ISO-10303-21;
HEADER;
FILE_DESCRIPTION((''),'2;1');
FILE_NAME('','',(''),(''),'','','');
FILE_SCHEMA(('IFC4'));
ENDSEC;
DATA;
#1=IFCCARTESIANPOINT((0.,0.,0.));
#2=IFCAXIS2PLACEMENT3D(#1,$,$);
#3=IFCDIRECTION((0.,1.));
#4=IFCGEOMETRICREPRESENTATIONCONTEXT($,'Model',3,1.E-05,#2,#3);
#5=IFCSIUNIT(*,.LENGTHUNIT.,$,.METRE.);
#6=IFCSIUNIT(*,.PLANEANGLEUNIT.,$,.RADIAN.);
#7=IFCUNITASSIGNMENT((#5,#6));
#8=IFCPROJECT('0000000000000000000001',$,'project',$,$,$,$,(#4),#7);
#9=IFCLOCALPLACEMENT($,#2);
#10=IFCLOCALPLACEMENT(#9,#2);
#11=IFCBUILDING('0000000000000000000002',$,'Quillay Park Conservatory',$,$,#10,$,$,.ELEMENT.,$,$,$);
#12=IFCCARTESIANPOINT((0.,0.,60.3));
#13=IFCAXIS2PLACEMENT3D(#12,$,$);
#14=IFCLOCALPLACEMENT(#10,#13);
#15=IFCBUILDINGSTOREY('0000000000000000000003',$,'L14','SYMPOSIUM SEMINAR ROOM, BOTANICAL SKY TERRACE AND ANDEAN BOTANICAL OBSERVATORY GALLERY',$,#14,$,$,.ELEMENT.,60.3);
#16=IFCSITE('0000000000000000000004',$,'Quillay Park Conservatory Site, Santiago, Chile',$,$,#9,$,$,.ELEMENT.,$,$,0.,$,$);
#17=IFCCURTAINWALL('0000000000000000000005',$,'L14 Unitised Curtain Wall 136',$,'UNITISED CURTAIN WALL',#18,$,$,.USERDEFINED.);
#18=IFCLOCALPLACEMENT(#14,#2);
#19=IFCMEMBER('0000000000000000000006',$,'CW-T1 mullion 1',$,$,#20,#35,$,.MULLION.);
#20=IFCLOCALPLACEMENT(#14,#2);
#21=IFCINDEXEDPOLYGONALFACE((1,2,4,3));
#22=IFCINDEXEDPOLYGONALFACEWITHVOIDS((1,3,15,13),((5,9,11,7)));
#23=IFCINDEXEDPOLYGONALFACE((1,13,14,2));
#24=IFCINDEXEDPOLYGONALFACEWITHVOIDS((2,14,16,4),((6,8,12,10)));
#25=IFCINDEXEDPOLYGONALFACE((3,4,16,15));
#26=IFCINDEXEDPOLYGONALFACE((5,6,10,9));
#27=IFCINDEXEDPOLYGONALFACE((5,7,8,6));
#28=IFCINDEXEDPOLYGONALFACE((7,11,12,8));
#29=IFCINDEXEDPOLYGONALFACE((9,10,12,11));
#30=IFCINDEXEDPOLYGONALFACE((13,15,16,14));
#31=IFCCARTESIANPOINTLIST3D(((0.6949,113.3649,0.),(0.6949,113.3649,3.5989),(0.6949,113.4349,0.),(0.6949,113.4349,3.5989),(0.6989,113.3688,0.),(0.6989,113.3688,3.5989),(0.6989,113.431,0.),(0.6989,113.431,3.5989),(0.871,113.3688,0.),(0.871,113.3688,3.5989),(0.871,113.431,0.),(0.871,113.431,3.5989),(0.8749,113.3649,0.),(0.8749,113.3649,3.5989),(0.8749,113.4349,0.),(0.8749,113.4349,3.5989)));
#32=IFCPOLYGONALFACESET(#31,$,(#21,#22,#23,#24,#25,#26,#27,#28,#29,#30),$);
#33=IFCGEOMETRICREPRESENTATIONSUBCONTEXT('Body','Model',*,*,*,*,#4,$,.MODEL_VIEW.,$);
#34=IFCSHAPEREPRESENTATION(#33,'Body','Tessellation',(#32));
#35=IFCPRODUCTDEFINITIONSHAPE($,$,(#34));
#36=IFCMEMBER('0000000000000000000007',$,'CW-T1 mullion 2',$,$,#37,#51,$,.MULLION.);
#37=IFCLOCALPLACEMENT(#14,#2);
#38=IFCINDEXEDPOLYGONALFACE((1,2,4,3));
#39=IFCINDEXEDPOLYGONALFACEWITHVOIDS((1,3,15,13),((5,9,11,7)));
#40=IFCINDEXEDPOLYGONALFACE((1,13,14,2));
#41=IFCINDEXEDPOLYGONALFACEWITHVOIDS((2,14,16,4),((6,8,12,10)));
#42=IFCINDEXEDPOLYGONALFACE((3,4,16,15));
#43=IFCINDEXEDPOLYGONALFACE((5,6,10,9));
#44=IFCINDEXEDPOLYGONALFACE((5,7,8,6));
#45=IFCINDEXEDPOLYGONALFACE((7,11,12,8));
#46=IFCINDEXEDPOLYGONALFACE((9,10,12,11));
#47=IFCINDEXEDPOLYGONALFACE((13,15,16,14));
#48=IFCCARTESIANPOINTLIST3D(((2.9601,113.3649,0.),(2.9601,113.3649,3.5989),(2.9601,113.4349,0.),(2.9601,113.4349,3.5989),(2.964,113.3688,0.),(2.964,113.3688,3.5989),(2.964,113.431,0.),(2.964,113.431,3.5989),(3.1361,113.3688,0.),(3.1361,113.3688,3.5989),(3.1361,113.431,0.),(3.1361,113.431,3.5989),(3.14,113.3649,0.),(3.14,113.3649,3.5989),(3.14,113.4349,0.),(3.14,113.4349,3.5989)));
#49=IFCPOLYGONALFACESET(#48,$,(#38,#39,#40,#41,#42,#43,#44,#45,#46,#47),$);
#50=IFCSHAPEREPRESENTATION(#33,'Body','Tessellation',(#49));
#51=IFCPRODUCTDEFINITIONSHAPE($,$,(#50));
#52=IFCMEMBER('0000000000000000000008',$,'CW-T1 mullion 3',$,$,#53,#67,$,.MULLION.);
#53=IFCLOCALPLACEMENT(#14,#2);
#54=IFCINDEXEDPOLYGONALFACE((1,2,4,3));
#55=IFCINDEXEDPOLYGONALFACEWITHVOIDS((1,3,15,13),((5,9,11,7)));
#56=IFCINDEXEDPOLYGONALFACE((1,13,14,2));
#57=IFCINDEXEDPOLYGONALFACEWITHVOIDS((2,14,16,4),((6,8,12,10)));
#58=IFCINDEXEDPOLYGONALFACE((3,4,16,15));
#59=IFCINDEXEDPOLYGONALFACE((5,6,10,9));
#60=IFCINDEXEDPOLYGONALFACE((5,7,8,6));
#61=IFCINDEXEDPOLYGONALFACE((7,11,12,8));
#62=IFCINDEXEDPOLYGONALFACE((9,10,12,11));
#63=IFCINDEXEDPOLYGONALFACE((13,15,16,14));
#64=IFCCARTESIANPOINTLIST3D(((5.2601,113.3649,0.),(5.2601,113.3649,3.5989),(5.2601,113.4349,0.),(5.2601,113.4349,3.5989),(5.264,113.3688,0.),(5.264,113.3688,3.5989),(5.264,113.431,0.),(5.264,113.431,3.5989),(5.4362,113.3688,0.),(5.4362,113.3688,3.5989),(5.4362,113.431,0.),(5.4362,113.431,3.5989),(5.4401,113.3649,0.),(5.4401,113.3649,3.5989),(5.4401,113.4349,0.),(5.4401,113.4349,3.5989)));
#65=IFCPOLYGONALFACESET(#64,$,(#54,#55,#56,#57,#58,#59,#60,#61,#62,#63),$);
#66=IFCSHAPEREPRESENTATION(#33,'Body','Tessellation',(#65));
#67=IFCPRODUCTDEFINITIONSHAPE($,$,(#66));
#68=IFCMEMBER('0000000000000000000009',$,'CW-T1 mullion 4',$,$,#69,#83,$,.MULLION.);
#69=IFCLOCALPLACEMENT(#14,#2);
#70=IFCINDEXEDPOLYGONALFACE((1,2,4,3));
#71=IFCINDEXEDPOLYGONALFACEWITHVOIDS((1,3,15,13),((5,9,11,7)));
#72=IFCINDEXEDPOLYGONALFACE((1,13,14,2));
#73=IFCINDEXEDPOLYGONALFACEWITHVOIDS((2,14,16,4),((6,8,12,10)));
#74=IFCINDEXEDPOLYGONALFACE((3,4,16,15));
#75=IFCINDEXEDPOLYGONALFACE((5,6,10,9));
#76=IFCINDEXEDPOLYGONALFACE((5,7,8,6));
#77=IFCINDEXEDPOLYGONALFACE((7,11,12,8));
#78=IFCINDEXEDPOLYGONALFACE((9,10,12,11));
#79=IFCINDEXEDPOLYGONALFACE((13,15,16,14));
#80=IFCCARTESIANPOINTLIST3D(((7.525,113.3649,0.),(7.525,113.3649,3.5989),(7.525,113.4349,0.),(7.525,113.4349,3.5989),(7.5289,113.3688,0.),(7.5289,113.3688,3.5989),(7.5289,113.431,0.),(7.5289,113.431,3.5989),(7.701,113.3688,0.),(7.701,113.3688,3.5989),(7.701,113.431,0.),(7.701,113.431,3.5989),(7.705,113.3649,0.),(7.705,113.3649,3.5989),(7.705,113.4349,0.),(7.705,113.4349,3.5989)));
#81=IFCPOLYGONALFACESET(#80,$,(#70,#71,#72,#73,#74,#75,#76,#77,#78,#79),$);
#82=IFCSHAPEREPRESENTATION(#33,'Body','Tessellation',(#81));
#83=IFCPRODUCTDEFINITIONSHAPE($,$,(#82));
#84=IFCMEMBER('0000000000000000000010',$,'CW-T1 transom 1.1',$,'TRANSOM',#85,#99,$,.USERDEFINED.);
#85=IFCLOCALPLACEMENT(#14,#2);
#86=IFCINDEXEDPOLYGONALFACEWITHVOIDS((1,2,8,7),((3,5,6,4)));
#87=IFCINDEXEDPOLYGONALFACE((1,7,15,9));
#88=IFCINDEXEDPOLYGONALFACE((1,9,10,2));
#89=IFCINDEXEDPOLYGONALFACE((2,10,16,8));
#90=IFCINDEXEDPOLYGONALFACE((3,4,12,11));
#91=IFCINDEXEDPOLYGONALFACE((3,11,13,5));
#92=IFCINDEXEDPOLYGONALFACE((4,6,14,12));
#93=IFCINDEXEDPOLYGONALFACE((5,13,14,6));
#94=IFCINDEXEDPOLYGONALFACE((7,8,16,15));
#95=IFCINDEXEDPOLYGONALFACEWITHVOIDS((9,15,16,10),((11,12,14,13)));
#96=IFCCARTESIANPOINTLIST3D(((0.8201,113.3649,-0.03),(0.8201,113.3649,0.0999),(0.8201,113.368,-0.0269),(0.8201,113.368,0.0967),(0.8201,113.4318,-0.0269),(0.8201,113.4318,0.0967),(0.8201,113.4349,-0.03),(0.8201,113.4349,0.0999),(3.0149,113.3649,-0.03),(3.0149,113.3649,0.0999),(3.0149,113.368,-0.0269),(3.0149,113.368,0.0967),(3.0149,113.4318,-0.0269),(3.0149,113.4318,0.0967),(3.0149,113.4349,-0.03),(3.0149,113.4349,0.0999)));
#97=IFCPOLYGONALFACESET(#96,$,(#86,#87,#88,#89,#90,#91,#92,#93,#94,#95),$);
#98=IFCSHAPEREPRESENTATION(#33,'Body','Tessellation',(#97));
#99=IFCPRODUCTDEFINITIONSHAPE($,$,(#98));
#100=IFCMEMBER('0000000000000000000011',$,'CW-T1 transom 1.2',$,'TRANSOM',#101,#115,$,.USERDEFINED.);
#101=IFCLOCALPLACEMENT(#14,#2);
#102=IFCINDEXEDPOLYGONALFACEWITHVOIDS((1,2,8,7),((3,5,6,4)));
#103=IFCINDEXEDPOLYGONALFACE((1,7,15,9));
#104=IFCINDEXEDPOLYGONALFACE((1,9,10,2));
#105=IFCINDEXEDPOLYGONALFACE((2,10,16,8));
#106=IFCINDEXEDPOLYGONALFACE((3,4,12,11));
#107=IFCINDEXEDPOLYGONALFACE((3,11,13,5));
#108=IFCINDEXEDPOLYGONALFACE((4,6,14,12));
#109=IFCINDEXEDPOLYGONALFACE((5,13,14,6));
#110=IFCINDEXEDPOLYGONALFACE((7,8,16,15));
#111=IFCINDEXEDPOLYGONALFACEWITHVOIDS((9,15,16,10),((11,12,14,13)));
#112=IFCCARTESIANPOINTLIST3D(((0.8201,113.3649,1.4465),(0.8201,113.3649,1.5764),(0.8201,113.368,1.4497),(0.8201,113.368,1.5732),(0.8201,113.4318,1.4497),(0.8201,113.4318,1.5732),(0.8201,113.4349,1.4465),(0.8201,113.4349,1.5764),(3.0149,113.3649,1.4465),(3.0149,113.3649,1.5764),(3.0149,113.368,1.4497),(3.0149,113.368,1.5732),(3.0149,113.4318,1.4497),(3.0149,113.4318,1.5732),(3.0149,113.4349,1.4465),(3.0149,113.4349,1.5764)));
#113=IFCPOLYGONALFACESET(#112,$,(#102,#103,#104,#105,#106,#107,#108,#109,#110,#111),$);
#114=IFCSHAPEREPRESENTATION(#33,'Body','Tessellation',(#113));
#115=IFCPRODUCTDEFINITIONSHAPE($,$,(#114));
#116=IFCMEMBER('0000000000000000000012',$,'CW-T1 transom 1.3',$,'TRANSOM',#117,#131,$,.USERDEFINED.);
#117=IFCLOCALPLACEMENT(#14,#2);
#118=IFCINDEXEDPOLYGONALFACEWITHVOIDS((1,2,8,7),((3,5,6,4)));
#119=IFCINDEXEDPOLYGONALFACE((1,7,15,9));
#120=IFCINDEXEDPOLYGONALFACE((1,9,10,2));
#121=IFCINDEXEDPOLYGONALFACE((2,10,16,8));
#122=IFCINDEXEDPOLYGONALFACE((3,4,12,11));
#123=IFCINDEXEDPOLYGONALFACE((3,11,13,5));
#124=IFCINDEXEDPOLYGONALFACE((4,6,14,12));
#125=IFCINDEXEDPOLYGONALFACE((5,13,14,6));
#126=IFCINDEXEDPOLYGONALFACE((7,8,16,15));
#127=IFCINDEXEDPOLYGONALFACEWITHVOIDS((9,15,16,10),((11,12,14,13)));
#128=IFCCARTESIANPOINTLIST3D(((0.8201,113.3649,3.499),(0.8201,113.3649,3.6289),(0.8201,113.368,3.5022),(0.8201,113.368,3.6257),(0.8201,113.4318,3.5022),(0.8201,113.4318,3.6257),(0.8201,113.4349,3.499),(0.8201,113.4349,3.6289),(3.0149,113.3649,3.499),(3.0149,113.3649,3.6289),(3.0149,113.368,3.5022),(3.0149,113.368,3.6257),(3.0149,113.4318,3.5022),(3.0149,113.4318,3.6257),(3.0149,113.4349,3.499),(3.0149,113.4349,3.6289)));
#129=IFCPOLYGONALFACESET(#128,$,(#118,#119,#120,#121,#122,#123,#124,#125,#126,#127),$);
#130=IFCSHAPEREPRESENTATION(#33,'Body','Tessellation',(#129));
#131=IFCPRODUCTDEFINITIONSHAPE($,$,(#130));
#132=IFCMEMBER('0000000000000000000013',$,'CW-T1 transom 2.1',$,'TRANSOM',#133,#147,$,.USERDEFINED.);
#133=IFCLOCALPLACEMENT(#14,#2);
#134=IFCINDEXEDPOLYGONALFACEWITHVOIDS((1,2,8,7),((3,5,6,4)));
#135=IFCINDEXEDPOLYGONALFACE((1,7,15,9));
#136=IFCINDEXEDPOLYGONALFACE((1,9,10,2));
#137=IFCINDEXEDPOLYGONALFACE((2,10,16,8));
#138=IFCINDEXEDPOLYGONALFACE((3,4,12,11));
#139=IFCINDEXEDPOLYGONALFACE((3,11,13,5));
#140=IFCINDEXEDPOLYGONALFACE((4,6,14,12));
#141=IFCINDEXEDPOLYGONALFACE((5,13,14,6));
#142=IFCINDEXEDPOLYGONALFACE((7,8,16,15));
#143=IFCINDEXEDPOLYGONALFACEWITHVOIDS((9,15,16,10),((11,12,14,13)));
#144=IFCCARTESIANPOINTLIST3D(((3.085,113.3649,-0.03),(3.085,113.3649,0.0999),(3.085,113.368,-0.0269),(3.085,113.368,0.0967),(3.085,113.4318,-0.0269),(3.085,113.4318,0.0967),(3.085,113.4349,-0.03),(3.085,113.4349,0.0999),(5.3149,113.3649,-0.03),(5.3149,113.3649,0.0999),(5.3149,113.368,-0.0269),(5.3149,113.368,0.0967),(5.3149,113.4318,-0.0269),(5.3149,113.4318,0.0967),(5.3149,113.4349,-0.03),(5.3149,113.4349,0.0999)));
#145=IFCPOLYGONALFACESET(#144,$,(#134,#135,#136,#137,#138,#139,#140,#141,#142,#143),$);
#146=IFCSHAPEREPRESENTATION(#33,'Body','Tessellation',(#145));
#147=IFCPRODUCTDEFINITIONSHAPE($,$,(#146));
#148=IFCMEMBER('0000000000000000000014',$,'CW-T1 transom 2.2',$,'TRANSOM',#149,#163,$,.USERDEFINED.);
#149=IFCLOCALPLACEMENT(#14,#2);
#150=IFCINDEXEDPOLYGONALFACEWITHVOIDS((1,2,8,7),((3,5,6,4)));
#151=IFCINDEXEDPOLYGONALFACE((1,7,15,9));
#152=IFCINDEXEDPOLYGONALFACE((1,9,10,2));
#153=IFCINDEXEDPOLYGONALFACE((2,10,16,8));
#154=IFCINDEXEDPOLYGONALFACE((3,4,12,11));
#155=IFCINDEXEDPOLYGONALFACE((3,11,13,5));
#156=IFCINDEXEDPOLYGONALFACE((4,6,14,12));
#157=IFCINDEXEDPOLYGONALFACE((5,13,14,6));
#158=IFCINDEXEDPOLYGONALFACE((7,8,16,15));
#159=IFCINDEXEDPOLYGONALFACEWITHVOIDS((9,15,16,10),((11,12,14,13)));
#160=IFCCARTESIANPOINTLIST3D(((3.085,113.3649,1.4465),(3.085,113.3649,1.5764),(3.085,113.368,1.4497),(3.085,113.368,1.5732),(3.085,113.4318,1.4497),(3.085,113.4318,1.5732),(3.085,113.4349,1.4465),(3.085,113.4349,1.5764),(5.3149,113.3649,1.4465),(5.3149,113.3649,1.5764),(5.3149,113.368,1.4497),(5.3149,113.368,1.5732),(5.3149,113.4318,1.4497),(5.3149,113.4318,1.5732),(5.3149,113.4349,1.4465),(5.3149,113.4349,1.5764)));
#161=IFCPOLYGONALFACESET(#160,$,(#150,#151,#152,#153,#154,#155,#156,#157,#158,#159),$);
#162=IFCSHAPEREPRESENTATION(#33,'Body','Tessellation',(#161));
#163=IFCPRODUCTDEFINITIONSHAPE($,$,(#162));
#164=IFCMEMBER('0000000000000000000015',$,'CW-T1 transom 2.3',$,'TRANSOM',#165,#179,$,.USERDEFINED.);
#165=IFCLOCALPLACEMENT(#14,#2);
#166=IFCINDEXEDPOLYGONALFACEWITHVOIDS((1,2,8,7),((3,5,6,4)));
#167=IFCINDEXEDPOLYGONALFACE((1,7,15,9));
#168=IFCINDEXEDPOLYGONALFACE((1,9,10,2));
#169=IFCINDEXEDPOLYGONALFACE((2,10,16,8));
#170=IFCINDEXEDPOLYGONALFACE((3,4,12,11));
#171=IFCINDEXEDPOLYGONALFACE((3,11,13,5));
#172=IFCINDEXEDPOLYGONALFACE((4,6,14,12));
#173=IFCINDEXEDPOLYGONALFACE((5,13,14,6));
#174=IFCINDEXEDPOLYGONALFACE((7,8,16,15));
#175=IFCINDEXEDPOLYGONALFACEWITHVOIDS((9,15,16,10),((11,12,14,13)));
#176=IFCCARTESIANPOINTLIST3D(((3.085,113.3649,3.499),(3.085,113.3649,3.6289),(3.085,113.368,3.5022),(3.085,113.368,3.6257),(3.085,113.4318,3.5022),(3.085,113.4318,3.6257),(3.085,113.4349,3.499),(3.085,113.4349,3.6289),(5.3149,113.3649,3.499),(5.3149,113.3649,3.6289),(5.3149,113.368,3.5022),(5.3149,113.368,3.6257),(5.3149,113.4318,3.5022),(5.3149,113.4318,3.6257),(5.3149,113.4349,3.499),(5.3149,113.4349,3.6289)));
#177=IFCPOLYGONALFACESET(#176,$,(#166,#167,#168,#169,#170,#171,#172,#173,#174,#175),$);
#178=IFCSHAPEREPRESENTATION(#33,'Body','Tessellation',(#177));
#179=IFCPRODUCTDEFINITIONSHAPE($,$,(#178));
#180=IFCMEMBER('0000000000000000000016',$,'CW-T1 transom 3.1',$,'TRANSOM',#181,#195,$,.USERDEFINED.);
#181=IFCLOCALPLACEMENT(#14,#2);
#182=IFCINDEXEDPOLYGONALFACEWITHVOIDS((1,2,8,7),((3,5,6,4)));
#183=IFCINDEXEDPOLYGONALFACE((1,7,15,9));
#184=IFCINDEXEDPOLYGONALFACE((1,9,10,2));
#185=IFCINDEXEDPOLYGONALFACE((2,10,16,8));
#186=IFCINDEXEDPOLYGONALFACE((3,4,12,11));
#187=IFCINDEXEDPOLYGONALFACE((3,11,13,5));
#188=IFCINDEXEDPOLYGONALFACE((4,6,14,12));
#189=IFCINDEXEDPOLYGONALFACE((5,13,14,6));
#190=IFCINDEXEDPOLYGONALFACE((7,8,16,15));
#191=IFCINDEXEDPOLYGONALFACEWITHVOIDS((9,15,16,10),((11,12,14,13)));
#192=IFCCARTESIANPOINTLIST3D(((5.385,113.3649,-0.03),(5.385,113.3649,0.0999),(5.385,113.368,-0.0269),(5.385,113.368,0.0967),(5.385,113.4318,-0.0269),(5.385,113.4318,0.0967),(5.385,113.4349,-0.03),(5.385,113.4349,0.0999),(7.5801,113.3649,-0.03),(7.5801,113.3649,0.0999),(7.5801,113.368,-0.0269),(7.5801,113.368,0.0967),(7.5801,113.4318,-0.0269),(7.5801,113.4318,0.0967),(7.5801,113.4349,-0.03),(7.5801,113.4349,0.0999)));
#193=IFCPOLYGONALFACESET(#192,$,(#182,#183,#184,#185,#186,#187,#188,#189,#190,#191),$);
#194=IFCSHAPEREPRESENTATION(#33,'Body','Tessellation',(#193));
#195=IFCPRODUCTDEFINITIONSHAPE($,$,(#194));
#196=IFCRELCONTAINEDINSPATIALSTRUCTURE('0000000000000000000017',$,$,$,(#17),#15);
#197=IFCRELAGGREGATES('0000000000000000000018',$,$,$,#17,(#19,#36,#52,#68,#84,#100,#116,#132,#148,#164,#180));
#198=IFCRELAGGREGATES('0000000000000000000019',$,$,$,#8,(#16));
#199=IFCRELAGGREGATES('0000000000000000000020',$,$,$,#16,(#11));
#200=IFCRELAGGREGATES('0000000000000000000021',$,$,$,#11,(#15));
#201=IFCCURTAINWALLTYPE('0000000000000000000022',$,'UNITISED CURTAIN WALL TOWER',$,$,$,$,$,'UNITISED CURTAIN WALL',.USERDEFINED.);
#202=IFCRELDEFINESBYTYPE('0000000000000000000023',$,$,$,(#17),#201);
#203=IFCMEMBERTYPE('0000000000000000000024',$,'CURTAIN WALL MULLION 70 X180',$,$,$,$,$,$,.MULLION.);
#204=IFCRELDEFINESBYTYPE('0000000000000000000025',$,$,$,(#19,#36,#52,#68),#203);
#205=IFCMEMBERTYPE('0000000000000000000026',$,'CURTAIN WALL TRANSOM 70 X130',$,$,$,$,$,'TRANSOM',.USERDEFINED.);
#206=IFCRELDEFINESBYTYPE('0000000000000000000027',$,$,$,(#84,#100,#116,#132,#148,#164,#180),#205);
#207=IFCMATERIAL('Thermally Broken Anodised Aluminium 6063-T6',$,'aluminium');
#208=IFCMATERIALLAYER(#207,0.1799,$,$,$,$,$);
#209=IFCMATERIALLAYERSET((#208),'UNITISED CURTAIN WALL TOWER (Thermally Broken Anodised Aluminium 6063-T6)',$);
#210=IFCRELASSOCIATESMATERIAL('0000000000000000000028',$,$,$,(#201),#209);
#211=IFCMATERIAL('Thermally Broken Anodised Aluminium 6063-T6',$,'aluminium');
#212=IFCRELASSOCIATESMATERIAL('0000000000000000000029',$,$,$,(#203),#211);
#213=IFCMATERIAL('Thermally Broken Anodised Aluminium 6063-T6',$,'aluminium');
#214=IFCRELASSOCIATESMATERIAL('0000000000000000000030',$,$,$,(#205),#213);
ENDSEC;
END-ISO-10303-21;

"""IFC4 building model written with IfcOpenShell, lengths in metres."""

from ifc_helpers import new_model, si_unit, direction, frame, origin, origin_2d, place, context, subcontext, project, spatial, hollow_rectangle, extrude, material, layer, layer_set, material_profile, profile_set, type_object, element, aggregate, save


model = new_model("IFC4")

# Units and contexts
model_context = context("Model", 3, precision=1e-05, world=origin(), true_north=direction((0.0, 1.0)))
body_context = subcontext(model_context, "Body", "Model", "MODEL_VIEW")
ifc_project = project(units=[si_unit("LENGTHUNIT", "METRE"), si_unit("PLANEANGLEUNIT", "RADIAN")], contexts=[model_context])

# Site, building, storey
site_placement = place(None, origin())
site = spatial("IfcSite", under=ifc_project, at=site_placement, Name="Quillay Park Conservatory Site, Santiago, Chile", CompositionType="ELEMENT", RefElevation=0.0)
building_placement = place(site_placement, origin())
building = spatial("IfcBuilding", under=site, at=building_placement, Name="Quillay Park Conservatory", CompositionType="ELEMENT")
storey_placement = place(building_placement, frame((0.0, 0.0, 60.3)))
storey = spatial("IfcBuildingStorey", under=building, at=storey_placement, Name="L14", Description="SYMPOSIUM SEMINAR ROOM, BOTANICAL SKY TERRACE AND ANDEAN BOTANICAL OBSERVATORY GALLERY", CompositionType="ELEMENT", Elevation=60.3)

# Curtain wall, members
ifc_material_1 = material(Name="Thermally Broken Anodised Aluminium 6063-T6", Category="aluminium")
ifc_layer_1 = layer(ifc_material_1, 0.1799)
ifc_layer_set_1 = layer_set([ifc_layer_1], Name="UNITISED CURTAIN WALL TOWER (Thermally Broken Anodised Aluminium 6063-T6)")
curtain_wall_type = type_object("IfcCurtainWallType", Name="UNITISED CURTAIN WALL TOWER", ElementType="UNITISED CURTAIN WALL", PredefinedType="USERDEFINED", material=ifc_layer_set_1)
curtain_wall_placement = place(storey_placement, origin())
curtain_wall = element("IfcCurtainWall", 1, at=curtain_wall_placement, inside=storey, type_object=curtain_wall_type, Name="L14 Unitised Curtain Wall 136", ObjectType="UNITISED CURTAIN WALL", PredefinedType="USERDEFINED")
ifc_material_2 = material(Name="Thermally Broken Anodised Aluminium 6063-T6", Category="aluminium")
ifc_material_profile_1 = material_profile(ifc_material_2, hollow_rectangle(XDim=0.0701, YDim=0.1799, WallThickness=0.0039, at=origin_2d()), Name="AL70x180x4")
ifc_profile_set_1 = profile_set([ifc_material_profile_1], Name="Thermally Broken Anodised Aluminium 6063-T6")
member_type_1 = type_object("IfcMemberType", Name="CURTAIN WALL MULLION 70 X180", PredefinedType="MULLION", material=ifc_profile_set_1)
member_1_placement = place(storey_placement, frame((0.7849, 113.3999, 0.0), z_axis=(0.0, 0.0, 1.0), x_axis=(0.0, 1.0, 0.0)))
member_1 = element("IfcMember", 2, at=member_1_placement, type_object=member_type_1, Name="CW-T1 mullion 1", PredefinedType="MULLION", context=body_context, shape_type="SweptSolid", body=[
    extrude(hollow_rectangle(XDim=0.0701, YDim=0.1799, WallThickness=0.0039, at=origin_2d()), origin(), (0.0, 0.0, 1.0), 3.5989),
])
member_2_placement = place(storey_placement, frame((3.05, 113.3999, 0.0), z_axis=(0.0, 0.0, 1.0), x_axis=(0.0, 1.0, 0.0)))
member_2 = element("IfcMember", 3, at=member_2_placement, type_object=member_type_1, Name="CW-T1 mullion 2", PredefinedType="MULLION", context=body_context, shape_type="SweptSolid", body=[
    extrude(hollow_rectangle(XDim=0.0701, YDim=0.1799, WallThickness=0.0039, at=origin_2d()), origin(), (0.0, 0.0, 1.0), 3.5989),
])
member_3_placement = place(storey_placement, frame((5.3501, 113.3999, 0.0), z_axis=(0.0, 0.0, 1.0), x_axis=(0.0, 1.0, 0.0)))
member_3 = element("IfcMember", 4, at=member_3_placement, type_object=member_type_1, Name="CW-T1 mullion 3", PredefinedType="MULLION", context=body_context, shape_type="SweptSolid", body=[
    extrude(hollow_rectangle(XDim=0.0701, YDim=0.1799, WallThickness=0.0039, at=origin_2d()), origin(), (0.0, 0.0, 1.0), 3.5989),
])
member_4_placement = place(storey_placement, frame((7.615, 113.3999, 0.0), z_axis=(0.0, 0.0, 1.0), x_axis=(0.0, 1.0, 0.0)))
member_4 = element("IfcMember", 5, at=member_4_placement, type_object=member_type_1, Name="CW-T1 mullion 4", PredefinedType="MULLION", context=body_context, shape_type="SweptSolid", body=[
    extrude(hollow_rectangle(XDim=0.0701, YDim=0.1799, WallThickness=0.0039, at=origin_2d()), origin(), (0.0, 0.0, 1.0), 3.5989),
])
ifc_material_3 = material(Name="Thermally Broken Anodised Aluminium 6063-T6", Category="aluminium")
ifc_material_profile_2 = material_profile(ifc_material_3, hollow_rectangle(XDim=0.0701, YDim=0.1299, WallThickness=0.0032, at=origin_2d()), Name="AL70x130x3.2")
ifc_profile_set_2 = profile_set([ifc_material_profile_2], Name="Thermally Broken Anodised Aluminium 6063-T6")
member_type_2 = type_object("IfcMemberType", Name="CURTAIN WALL TRANSOM 70 X130", ElementType="TRANSOM", PredefinedType="USERDEFINED", material=ifc_profile_set_2)
member_5_placement = place(storey_placement, frame((0.8201, 113.3999, 0.0349), z_axis=(1.0, 0.0, 0.0), x_axis=(0.0, 1.0, 0.0)))
member_5 = element("IfcMember", 6, at=member_5_placement, type_object=member_type_2, Name="CW-T1 transom 1.1", ObjectType="TRANSOM", PredefinedType="USERDEFINED", context=body_context, shape_type="SweptSolid", body=[
    extrude(hollow_rectangle(XDim=0.0701, YDim=0.1299, WallThickness=0.0032, at=origin_2d()), origin(), (0.0, 0.0, 1.0), 2.1948),
])
member_6_placement = place(storey_placement, frame((0.8201, 113.3999, 1.5115), z_axis=(1.0, 0.0, 0.0), x_axis=(0.0, 1.0, 0.0)))
member_6 = element("IfcMember", 7, at=member_6_placement, type_object=member_type_2, Name="CW-T1 transom 1.2", ObjectType="TRANSOM", PredefinedType="USERDEFINED", context=body_context, shape_type="SweptSolid", body=[
    extrude(hollow_rectangle(XDim=0.0701, YDim=0.1299, WallThickness=0.0032, at=origin_2d()), origin(), (0.0, 0.0, 1.0), 2.1948),
])
member_7_placement = place(storey_placement, frame((0.8201, 113.3999, 3.564), z_axis=(1.0, 0.0, 0.0), x_axis=(0.0, 1.0, 0.0)))
member_7 = element("IfcMember", 8, at=member_7_placement, type_object=member_type_2, Name="CW-T1 transom 1.3", ObjectType="TRANSOM", PredefinedType="USERDEFINED", context=body_context, shape_type="SweptSolid", body=[
    extrude(hollow_rectangle(XDim=0.0701, YDim=0.1299, WallThickness=0.0032, at=origin_2d()), origin(), (0.0, 0.0, 1.0), 2.1948),
])
member_8_placement = place(storey_placement, frame((3.085, 113.3999, 0.0349), z_axis=(1.0, 0.0, 0.0), x_axis=(0.0, 1.0, 0.0)))
member_8 = element("IfcMember", 9, at=member_8_placement, type_object=member_type_2, Name="CW-T1 transom 2.1", ObjectType="TRANSOM", PredefinedType="USERDEFINED", context=body_context, shape_type="SweptSolid", body=[
    extrude(hollow_rectangle(XDim=0.0701, YDim=0.1299, WallThickness=0.0032, at=origin_2d()), origin(), (0.0, 0.0, 1.0), 2.23),
])
member_9_placement = place(storey_placement, frame((3.085, 113.3999, 1.5115), z_axis=(1.0, 0.0, 0.0), x_axis=(0.0, 1.0, 0.0)))
member_9 = element("IfcMember", 10, at=member_9_placement, type_object=member_type_2, Name="CW-T1 transom 2.2", ObjectType="TRANSOM", PredefinedType="USERDEFINED", context=body_context, shape_type="SweptSolid", body=[
    extrude(hollow_rectangle(XDim=0.0701, YDim=0.1299, WallThickness=0.0032, at=origin_2d()), origin(), (0.0, 0.0, 1.0), 2.23),
])
member_10_placement = place(storey_placement, frame((3.085, 113.3999, 3.564), z_axis=(1.0, 0.0, 0.0), x_axis=(0.0, 1.0, 0.0)))
member_10 = element("IfcMember", 11, at=member_10_placement, type_object=member_type_2, Name="CW-T1 transom 2.3", ObjectType="TRANSOM", PredefinedType="USERDEFINED", context=body_context, shape_type="SweptSolid", body=[
    extrude(hollow_rectangle(XDim=0.0701, YDim=0.1299, WallThickness=0.0032, at=origin_2d()), origin(), (0.0, 0.0, 1.0), 2.23),
])
member_11_placement = place(storey_placement, frame((5.385, 113.3999, 0.0349), z_axis=(1.0, 0.0, 0.0), x_axis=(0.0, 1.0, 0.0)))
member_11 = element("IfcMember", 12, at=member_11_placement, type_object=member_type_2, Name="CW-T1 transom 3.1", ObjectType="TRANSOM", PredefinedType="USERDEFINED", context=body_context, shape_type="SweptSolid", body=[
    extrude(hollow_rectangle(XDim=0.0701, YDim=0.1299, WallThickness=0.0032, at=origin_2d()), origin(), (0.0, 0.0, 1.0), 2.1951),
])

aggregate(curtain_wall, [member_1, member_2, member_3, member_4, member_5, member_6, member_7, member_8, member_9, member_10, member_11])

save(model, "model.ifc")
